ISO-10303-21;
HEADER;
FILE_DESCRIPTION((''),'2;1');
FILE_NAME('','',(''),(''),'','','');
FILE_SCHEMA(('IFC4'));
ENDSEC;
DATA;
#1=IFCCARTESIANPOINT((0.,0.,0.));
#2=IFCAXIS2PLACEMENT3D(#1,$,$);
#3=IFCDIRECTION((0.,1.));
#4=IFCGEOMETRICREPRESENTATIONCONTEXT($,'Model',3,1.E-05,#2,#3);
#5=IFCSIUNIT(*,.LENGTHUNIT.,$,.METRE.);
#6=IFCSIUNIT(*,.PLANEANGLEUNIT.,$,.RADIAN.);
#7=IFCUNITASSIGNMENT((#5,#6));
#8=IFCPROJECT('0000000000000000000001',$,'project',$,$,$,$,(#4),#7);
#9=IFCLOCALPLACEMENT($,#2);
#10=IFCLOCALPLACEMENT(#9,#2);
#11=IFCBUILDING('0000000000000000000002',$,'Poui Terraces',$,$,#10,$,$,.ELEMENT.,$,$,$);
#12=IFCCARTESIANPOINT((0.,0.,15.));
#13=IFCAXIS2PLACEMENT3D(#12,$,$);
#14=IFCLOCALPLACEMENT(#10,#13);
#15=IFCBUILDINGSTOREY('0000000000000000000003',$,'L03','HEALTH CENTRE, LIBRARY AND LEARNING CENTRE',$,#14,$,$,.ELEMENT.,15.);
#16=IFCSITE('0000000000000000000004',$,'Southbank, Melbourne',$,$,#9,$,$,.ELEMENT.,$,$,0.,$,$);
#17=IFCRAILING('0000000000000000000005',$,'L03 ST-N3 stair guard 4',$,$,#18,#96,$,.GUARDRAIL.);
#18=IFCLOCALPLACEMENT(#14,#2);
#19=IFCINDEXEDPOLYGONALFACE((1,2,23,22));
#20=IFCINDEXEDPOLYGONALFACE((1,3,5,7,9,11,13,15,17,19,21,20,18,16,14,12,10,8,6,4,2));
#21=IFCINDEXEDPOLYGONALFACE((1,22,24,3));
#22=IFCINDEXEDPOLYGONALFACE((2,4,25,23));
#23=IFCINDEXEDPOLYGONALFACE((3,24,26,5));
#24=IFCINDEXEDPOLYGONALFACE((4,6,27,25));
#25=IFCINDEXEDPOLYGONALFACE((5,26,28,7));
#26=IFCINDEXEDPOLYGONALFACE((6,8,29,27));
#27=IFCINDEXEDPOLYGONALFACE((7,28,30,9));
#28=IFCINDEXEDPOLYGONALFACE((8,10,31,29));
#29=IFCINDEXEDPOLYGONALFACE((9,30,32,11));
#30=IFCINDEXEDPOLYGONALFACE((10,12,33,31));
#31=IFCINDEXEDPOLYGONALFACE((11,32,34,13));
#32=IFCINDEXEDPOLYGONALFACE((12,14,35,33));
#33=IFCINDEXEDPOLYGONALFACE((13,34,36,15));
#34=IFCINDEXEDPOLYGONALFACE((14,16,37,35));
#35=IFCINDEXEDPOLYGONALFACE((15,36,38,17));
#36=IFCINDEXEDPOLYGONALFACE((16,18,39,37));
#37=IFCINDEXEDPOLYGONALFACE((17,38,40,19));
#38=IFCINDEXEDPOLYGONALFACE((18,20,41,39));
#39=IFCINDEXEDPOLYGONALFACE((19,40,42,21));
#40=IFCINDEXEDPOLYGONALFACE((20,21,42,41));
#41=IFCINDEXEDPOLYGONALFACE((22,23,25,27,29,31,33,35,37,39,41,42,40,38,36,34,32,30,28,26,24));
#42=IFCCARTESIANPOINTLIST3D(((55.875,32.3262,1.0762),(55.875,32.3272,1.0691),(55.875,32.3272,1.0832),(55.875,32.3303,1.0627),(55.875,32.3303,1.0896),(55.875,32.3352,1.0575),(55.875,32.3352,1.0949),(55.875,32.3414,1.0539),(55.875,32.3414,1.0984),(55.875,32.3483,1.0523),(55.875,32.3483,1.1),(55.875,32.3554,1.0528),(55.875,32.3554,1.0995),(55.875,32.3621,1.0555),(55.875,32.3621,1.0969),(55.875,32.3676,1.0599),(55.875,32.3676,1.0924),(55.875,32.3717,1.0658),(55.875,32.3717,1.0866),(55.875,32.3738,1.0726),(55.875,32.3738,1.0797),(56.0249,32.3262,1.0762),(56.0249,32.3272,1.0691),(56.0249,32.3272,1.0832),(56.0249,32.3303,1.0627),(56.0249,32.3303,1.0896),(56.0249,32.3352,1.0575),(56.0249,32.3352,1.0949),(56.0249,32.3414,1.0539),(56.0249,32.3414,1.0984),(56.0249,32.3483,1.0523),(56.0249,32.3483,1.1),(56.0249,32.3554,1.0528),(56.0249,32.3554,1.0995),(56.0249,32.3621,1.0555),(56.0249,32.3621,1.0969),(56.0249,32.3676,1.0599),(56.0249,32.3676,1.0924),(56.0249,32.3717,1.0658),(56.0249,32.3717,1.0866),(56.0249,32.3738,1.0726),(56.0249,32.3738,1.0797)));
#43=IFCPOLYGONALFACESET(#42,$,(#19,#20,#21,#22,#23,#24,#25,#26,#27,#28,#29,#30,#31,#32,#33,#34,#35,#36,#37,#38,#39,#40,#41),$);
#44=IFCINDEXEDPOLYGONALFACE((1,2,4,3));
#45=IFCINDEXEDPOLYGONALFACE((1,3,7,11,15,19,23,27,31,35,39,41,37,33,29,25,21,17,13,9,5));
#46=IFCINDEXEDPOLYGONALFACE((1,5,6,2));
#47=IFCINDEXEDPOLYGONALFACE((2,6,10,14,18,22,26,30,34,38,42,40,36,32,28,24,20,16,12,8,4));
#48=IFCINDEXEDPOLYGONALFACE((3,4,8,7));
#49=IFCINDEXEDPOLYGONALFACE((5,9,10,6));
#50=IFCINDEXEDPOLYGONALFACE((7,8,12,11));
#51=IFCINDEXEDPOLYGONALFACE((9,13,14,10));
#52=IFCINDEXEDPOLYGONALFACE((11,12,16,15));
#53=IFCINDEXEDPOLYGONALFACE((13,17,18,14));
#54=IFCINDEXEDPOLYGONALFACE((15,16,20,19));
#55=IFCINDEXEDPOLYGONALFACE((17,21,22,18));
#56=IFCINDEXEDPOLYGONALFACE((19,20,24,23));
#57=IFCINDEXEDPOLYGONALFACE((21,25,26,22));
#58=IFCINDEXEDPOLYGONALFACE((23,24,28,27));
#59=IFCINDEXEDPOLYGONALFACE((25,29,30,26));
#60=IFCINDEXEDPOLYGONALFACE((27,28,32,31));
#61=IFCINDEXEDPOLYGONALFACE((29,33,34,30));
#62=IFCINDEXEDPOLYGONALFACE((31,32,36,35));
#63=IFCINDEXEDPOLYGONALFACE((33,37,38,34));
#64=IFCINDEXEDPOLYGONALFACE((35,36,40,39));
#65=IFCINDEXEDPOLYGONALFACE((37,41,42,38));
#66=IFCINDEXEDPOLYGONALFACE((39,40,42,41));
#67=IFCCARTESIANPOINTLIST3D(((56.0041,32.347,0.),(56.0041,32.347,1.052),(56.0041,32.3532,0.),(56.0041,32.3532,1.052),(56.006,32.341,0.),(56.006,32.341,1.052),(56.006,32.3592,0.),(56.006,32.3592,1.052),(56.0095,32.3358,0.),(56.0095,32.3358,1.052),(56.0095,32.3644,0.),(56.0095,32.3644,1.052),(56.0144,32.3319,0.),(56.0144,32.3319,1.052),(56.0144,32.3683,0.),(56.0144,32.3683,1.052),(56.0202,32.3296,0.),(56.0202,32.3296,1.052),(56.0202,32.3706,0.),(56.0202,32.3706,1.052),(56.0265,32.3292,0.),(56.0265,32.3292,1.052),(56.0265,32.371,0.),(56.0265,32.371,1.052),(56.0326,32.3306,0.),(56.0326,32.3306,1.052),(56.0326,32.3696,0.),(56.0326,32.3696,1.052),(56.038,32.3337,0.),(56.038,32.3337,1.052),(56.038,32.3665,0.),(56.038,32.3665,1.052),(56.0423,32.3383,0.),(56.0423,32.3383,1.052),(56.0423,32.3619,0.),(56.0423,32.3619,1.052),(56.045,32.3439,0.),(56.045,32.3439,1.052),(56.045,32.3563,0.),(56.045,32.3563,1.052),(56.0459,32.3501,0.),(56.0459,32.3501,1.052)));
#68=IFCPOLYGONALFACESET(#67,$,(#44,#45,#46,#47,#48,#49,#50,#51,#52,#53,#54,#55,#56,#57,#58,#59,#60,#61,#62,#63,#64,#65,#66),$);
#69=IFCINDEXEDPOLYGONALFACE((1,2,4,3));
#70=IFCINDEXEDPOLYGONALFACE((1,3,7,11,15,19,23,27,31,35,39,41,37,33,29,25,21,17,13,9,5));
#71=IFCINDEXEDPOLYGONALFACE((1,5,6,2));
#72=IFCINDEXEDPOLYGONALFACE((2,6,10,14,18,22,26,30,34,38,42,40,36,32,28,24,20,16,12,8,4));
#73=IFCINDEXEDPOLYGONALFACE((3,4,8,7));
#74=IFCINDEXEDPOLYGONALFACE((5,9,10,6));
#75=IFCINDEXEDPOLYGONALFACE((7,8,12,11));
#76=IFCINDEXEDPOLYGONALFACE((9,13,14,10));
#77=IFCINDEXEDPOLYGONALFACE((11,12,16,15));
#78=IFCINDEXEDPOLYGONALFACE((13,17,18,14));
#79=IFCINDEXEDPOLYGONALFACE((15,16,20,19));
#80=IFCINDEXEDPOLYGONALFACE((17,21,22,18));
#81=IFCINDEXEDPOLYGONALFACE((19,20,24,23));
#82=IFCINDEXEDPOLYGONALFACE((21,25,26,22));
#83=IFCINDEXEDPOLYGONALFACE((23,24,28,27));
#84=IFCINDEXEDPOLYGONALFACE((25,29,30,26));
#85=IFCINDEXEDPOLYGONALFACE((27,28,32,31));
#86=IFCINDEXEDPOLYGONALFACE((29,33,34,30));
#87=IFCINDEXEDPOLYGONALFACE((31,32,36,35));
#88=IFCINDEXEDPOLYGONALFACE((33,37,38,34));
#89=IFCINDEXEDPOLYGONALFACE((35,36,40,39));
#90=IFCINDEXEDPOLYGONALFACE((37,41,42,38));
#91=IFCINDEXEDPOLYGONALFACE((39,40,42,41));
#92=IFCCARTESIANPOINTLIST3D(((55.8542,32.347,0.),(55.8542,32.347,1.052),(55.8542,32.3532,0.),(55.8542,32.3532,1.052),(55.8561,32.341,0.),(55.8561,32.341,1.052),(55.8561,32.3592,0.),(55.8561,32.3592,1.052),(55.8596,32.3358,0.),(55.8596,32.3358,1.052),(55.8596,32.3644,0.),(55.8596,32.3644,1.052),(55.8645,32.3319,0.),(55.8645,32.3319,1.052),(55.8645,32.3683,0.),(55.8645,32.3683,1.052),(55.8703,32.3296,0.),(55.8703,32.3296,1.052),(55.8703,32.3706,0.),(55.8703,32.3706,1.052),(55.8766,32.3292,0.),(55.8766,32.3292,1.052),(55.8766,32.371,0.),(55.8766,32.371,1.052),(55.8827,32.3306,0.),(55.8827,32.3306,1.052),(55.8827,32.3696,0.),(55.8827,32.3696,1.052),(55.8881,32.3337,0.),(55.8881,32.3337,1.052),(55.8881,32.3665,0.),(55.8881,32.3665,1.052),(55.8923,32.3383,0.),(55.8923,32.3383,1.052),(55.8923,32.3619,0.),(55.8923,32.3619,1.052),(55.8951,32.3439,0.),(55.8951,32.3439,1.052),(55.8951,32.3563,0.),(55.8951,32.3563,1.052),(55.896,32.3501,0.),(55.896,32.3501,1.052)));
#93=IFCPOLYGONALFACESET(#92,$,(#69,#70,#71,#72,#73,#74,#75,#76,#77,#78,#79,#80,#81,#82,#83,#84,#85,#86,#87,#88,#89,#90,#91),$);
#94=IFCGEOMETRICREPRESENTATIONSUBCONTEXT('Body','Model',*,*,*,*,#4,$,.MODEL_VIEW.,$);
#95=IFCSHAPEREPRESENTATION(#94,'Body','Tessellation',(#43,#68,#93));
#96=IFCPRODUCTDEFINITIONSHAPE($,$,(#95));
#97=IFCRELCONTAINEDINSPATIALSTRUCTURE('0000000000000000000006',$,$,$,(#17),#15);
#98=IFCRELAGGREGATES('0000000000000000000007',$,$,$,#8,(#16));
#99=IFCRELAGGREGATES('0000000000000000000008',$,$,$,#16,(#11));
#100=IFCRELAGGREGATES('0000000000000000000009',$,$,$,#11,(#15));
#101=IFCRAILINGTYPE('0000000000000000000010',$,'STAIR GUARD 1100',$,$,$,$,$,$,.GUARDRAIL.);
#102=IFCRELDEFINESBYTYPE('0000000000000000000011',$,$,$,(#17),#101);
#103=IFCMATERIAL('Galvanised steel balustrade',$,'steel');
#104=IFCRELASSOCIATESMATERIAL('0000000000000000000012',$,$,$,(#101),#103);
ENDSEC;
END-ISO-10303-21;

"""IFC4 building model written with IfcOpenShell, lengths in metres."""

from ifc_helpers import new_model, si_unit, direction, frame, origin, origin_2d, place, context, subcontext, project, spatial, circle, extrude, material, type_object, element, save


model = new_model("IFC4")

# Units and contexts
model_context = context("Model", 3, precision=1e-05, world=origin(), true_north=direction((0.0, 1.0)))
body_context = subcontext(model_context, "Body", "Model", "MODEL_VIEW")
ifc_project = project(units=[si_unit("LENGTHUNIT", "METRE"), si_unit("PLANEANGLEUNIT", "RADIAN")], contexts=[model_context])

# Site, building, storey
site_placement = place(None, origin())
site = spatial("IfcSite", under=ifc_project, at=site_placement, Name="Southbank, Melbourne", CompositionType="ELEMENT", RefElevation=0.0)
building_placement = place(site_placement, origin())
building = spatial("IfcBuilding", under=site, at=building_placement, Name="Poui Terraces", CompositionType="ELEMENT")
storey_placement = place(building_placement, frame((0.0, 0.0, 15.0)))
storey = spatial("IfcBuildingStorey", under=building, at=storey_placement, Name="L03", Description="HEALTH CENTRE, LIBRARY AND LEARNING CENTRE", CompositionType="ELEMENT", Elevation=15.0)

# Railing
ifc_material_1 = material(Name="Galvanised steel balustrade", Category="steel")
railing_type_1 = type_object("IfcRailingType", Name="STAIR GUARD 1100", PredefinedType="GUARDRAIL", material=ifc_material_1)
railing_1_placement = place(storey_placement, frame((56.0249, 32.3501, 0.0)))
element("IfcRailing", 1, at=railing_1_placement, inside=storey, type_object=railing_type_1, Name="L03 ST-N3 stair guard 4", PredefinedType="GUARDRAIL", context=body_context, shape_type="SweptSolid", body=[
    extrude(circle(Radius=0.0239, at=origin_2d()), frame((0.0, 0.0, 1.0762), z_axis=(-1.0, 0.0, 0.0), x_axis=(0.0, -1.0, 0.0)), (0.0, 0.0, 1.0), 0.1499),
    extrude(circle(Radius=0.021, at=origin_2d()), origin(), (0.0, 0.0, 1.0), 1.052),
    extrude(circle(Radius=0.021, at=origin_2d()), frame((-0.1499, 0.0, 0.0)), (0.0, 0.0, 1.0), 1.052),
])

save(model, "model.ifc")
